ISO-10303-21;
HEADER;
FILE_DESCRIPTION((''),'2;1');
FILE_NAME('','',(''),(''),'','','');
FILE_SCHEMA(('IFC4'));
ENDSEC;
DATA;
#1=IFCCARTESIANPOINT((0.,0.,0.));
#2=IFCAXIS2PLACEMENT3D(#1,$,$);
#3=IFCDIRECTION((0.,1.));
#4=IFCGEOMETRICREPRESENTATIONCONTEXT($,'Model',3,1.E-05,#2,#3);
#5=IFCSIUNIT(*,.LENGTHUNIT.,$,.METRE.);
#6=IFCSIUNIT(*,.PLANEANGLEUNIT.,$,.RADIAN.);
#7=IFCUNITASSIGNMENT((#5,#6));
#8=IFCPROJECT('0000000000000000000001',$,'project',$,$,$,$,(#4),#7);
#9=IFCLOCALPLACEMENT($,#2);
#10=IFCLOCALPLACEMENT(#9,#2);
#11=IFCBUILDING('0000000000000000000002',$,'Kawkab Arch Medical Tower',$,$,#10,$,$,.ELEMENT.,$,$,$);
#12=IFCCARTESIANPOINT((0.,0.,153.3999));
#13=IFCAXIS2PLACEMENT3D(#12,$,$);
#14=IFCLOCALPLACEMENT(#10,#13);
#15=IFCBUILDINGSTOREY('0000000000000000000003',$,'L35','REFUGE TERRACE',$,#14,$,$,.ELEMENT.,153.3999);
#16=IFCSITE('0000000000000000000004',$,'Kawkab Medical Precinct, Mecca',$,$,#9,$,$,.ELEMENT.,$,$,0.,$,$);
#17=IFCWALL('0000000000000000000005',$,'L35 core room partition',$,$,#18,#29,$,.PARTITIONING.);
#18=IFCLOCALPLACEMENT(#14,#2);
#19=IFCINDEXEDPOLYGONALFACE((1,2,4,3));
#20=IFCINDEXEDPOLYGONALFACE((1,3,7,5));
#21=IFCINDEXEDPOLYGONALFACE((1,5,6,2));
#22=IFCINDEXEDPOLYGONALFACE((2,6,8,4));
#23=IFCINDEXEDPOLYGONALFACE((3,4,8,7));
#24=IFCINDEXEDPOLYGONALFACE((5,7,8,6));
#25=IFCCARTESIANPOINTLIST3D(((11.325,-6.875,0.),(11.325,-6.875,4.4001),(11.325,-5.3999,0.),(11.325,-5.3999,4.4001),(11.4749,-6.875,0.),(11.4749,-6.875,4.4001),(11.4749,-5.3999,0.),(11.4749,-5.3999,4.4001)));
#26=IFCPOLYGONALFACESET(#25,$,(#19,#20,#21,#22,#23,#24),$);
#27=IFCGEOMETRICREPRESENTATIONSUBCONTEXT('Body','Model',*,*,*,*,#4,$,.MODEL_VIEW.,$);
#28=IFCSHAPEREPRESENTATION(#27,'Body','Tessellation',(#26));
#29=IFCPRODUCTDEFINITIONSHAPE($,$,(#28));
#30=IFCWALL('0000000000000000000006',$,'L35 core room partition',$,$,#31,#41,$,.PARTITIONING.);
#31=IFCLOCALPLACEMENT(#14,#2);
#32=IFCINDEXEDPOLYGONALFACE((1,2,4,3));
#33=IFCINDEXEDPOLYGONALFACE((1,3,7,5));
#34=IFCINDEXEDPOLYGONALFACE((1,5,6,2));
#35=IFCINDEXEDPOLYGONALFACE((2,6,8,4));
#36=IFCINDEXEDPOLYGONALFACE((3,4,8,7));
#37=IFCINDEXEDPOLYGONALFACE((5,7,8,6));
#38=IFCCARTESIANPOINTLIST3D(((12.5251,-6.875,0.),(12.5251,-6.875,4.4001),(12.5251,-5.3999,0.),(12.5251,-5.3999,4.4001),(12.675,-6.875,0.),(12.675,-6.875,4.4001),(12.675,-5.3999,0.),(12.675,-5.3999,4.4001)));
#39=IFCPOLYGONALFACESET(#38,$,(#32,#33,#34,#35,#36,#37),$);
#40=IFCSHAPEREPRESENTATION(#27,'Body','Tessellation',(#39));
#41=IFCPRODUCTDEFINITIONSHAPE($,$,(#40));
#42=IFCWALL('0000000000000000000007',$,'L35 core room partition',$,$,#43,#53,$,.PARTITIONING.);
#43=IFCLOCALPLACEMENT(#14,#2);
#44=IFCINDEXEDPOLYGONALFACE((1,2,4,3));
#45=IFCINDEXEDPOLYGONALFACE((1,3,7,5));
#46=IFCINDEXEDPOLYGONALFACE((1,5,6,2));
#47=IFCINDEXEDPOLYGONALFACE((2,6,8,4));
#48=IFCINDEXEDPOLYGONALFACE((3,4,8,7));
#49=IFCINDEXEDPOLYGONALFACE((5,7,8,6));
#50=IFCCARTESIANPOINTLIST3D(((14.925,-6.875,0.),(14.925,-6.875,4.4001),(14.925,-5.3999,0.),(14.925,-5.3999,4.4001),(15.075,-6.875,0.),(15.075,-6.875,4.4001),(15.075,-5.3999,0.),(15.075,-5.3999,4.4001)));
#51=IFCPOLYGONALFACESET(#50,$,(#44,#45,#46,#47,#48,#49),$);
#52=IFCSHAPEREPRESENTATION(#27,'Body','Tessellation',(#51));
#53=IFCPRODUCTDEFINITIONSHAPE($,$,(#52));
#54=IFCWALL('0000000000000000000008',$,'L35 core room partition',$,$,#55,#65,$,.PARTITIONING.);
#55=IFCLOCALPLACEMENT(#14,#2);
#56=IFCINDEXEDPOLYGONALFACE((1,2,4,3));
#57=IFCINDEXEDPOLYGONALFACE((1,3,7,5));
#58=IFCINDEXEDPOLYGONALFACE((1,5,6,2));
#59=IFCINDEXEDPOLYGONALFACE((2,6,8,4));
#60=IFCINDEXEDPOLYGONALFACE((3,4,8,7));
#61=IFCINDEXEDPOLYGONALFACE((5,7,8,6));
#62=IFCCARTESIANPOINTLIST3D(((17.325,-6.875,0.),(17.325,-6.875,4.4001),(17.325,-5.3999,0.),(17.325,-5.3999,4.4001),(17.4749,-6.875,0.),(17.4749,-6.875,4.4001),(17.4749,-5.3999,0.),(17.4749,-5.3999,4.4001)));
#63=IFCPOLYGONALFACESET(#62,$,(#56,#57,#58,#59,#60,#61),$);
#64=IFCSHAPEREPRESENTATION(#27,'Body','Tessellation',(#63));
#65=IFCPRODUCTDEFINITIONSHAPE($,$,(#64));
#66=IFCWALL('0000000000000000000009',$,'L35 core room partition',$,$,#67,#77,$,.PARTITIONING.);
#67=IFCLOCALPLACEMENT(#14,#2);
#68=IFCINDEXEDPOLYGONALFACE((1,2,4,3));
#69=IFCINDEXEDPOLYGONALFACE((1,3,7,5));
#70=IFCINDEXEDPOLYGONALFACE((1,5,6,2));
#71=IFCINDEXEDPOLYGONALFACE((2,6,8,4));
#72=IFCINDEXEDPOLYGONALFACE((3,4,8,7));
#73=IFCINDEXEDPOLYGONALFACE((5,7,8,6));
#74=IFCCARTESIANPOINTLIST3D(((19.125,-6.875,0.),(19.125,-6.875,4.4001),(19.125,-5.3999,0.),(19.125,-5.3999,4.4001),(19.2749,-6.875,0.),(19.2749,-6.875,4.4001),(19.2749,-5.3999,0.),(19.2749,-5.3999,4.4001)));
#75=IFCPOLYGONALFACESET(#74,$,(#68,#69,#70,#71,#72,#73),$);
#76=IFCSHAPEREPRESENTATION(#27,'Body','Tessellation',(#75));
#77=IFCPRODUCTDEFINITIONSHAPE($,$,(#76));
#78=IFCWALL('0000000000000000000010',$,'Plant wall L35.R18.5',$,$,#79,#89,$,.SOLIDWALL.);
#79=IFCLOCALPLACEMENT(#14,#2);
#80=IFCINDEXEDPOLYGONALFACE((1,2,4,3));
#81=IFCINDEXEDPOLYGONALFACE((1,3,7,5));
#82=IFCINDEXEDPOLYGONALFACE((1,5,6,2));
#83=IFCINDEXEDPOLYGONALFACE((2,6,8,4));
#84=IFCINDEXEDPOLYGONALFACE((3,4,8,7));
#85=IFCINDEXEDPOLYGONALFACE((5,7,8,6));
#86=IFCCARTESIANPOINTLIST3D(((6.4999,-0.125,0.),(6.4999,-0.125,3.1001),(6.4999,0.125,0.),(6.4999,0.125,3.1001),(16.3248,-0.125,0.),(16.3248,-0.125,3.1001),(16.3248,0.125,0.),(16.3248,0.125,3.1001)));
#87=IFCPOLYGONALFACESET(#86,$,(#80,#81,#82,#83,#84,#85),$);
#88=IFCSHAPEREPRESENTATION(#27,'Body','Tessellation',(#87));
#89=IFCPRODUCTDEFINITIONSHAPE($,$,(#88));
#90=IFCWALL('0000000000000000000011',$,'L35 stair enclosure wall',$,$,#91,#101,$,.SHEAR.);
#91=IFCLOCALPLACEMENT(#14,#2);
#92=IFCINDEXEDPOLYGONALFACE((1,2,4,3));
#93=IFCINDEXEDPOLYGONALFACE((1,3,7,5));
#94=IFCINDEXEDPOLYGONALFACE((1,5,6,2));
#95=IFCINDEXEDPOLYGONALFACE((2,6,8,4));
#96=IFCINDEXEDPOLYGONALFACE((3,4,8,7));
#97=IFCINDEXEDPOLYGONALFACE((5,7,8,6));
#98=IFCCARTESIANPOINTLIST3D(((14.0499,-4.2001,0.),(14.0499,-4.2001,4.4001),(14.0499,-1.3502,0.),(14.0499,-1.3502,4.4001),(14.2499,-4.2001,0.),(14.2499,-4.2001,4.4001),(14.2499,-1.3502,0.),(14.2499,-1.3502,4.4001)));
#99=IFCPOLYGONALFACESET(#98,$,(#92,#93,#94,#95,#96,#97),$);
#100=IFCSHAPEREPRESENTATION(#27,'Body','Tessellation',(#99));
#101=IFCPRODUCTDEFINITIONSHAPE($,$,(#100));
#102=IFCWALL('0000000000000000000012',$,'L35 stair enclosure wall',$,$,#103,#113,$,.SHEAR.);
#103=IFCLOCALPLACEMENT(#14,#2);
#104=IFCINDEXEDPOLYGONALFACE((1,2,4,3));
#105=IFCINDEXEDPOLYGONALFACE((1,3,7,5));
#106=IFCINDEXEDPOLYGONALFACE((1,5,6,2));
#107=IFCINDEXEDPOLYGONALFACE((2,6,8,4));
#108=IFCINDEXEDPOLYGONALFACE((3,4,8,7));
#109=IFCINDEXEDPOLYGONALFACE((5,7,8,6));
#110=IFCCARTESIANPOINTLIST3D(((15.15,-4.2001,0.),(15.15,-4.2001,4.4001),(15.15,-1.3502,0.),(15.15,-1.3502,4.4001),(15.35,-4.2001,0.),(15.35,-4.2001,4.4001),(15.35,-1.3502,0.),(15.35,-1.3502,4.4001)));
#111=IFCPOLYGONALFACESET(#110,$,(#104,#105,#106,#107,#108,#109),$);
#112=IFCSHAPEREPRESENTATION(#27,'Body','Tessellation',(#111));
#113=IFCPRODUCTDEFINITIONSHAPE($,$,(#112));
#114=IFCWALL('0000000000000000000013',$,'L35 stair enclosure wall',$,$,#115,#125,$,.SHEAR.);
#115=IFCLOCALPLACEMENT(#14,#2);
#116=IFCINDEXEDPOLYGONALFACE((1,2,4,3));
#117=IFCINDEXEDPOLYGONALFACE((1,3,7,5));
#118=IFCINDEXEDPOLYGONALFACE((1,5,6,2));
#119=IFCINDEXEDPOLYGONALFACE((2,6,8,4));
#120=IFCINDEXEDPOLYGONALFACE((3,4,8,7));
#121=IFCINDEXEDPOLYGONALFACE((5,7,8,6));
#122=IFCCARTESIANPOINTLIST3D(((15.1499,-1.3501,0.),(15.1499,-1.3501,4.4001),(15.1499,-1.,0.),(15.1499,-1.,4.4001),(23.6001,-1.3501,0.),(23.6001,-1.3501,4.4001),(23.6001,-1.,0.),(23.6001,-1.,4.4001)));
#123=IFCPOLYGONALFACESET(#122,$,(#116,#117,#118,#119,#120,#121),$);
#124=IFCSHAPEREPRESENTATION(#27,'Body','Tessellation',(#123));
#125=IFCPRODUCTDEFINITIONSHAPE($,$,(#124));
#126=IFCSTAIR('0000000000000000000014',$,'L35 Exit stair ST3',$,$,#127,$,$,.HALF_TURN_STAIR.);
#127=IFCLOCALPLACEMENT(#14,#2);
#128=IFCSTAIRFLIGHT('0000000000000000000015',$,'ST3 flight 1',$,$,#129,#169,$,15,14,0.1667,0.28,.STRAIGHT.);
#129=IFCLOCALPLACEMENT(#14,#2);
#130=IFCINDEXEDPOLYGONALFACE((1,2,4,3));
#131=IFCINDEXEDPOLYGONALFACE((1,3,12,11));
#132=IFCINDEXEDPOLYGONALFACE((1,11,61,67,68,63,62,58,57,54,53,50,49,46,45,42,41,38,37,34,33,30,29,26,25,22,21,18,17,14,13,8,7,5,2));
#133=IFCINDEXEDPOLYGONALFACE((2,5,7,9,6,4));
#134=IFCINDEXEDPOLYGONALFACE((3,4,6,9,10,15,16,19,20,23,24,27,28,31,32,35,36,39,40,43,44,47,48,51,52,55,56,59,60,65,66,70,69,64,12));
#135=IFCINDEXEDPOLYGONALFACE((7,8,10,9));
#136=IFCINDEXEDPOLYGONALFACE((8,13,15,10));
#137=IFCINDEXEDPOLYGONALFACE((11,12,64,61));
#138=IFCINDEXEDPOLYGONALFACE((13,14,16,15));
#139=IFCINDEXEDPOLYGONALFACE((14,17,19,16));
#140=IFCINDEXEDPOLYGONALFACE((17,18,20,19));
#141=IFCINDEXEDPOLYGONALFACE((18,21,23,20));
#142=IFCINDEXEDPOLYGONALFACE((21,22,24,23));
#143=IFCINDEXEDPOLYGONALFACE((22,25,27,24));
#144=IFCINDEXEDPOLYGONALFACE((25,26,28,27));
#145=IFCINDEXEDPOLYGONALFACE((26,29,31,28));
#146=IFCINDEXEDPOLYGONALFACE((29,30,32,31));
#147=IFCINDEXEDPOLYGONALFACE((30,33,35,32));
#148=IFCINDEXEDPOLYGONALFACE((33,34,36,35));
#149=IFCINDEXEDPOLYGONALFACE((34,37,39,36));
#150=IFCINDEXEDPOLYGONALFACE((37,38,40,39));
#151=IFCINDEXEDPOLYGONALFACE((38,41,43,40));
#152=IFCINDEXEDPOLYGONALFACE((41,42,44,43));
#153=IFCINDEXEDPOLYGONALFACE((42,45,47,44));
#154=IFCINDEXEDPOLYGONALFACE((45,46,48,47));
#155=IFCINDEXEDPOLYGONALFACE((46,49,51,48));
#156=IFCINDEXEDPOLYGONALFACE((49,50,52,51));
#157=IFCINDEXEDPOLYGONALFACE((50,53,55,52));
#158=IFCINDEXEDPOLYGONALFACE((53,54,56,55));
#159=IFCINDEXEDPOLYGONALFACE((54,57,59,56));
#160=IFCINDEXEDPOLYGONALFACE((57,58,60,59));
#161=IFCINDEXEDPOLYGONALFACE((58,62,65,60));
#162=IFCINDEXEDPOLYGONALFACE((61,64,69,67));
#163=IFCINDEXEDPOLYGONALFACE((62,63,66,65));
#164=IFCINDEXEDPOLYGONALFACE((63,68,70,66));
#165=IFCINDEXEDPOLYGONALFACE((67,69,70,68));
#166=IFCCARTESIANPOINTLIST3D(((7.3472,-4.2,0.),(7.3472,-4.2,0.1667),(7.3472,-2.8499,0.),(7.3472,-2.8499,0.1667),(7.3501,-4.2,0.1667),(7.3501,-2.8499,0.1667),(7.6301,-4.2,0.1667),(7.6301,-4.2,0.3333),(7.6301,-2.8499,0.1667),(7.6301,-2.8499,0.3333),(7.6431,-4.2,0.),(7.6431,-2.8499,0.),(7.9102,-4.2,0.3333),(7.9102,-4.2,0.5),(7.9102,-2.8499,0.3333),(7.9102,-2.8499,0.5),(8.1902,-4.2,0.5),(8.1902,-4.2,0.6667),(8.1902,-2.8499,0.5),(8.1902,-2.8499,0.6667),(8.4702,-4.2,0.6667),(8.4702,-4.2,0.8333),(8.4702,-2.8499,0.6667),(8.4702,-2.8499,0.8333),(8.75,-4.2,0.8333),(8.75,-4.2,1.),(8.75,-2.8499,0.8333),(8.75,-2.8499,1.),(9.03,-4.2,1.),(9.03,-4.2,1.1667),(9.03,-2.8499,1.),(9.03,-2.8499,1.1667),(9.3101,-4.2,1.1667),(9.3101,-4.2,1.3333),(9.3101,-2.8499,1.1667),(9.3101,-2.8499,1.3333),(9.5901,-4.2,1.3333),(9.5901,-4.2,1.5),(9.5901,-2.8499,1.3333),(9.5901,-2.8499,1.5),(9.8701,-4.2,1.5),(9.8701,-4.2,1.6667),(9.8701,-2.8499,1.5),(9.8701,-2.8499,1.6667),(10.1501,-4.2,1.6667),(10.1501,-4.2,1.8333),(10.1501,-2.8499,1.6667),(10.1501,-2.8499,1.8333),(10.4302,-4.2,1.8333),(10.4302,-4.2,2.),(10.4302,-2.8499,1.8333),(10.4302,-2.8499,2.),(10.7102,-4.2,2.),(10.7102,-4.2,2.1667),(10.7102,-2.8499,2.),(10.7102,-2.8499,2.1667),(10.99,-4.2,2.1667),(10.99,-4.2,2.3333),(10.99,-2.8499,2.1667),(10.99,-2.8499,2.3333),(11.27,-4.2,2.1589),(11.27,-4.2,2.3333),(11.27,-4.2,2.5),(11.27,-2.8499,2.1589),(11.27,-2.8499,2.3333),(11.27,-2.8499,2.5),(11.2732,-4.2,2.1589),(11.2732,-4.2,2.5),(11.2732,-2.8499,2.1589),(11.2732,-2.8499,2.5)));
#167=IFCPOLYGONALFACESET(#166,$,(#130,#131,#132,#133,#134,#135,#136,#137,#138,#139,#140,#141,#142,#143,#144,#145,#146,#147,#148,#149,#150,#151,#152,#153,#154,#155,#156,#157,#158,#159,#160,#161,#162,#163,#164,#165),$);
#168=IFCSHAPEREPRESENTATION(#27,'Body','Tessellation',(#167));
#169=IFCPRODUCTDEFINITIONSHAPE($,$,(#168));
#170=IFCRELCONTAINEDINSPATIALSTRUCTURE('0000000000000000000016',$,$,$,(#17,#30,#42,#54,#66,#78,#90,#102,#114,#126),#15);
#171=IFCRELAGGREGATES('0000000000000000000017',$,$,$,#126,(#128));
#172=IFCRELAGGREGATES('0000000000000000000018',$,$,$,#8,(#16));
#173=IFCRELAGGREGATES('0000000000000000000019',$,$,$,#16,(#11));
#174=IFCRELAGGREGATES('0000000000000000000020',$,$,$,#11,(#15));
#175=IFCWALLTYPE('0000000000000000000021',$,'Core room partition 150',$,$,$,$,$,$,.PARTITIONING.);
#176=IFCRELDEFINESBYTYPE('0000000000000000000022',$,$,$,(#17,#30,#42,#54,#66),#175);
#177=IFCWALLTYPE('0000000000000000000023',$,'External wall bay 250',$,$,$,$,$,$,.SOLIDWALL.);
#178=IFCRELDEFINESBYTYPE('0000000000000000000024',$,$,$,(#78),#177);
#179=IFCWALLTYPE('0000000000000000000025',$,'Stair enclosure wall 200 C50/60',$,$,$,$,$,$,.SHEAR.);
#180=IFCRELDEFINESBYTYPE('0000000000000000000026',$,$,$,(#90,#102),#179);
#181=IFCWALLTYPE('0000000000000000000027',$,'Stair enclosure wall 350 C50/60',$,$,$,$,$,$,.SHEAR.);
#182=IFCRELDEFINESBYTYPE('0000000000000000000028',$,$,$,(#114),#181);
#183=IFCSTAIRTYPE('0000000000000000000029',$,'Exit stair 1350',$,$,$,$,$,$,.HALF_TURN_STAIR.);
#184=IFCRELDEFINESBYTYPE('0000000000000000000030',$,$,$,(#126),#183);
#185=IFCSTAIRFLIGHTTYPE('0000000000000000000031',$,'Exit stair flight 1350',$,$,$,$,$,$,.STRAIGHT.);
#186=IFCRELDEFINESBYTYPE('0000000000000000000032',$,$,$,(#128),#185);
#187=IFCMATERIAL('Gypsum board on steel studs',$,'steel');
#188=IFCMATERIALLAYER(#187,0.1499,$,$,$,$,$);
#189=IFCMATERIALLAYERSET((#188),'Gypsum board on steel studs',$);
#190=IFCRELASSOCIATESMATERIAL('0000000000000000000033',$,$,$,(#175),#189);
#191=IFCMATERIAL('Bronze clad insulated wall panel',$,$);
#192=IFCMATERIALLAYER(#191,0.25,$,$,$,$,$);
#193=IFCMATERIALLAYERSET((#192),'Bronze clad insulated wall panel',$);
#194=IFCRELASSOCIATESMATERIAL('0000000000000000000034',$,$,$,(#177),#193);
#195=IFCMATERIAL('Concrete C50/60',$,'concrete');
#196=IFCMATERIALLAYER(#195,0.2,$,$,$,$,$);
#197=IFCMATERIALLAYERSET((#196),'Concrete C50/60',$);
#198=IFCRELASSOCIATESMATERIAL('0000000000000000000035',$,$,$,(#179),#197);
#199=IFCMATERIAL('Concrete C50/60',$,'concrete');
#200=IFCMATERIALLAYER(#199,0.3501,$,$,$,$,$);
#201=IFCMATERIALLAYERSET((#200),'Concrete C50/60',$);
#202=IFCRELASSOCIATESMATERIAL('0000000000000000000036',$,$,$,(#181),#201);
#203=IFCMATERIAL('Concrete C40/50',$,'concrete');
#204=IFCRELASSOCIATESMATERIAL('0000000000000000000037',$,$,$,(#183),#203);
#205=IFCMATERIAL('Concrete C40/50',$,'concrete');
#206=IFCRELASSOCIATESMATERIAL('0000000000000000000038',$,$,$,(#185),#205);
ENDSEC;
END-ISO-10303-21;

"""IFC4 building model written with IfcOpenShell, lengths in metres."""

from ifc_helpers import new_model, si_unit, direction, frame, frame_2d, origin, place, context, subcontext, project, spatial, polyline, rectangle, outline, extrude, material, layer, layer_set, type_object, element, aggregate, save


model = new_model("IFC4")

# Units and contexts
model_context = context("Model", 3, precision=1e-05, world=origin(), true_north=direction((0.0, 1.0)))
body_context = subcontext(model_context, "Body", "Model", "MODEL_VIEW")
ifc_project = project(units=[si_unit("LENGTHUNIT", "METRE"), si_unit("PLANEANGLEUNIT", "RADIAN")], contexts=[model_context])

# Site, building, storey
site_placement = place(None, origin())
site = spatial("IfcSite", under=ifc_project, at=site_placement, Name="Kawkab Medical Precinct, Mecca", CompositionType="ELEMENT", RefElevation=0.0)
building_placement = place(site_placement, origin())
building = spatial("IfcBuilding", under=site, at=building_placement, Name="Kawkab Arch Medical Tower", CompositionType="ELEMENT")
storey_placement = place(building_placement, frame((0.0, 0.0, 153.3999)))
storey = spatial("IfcBuildingStorey", under=building, at=storey_placement, Name="L35", Description="REFUGE TERRACE", CompositionType="ELEMENT", Elevation=153.3999)

# Shared definitions
ifc_material_1 = material(Name="Gypsum board on steel studs", Category="steel")
ifc_layer_1 = layer(ifc_material_1, 0.1499)
ifc_layer_set_1 = layer_set([ifc_layer_1], Name="Gypsum board on steel studs")
wall_type_1 = type_object("IfcWallType", Name="Core room partition 150", PredefinedType="PARTITIONING", material=ifc_layer_set_1)

# Walls
for number, where, z_axis, x_axis, name in (
    (1, (11.3999, -6.875, 0.0), (0.0, 0.0, 1.0), (0.0, 1.0, 0.0), "L35 core room partition"),
    (2, (12.6001, -6.875, 0.0), (0.0, 0.0, 1.0), (0.0, 1.0, 0.0), "L35 core room partition"),
    (3, (15.0, -6.875, 0.0), (0.0, 0.0, 1.0), (0.0, 1.0, 0.0), "L35 core room partition"),
    (4, (17.3999, -6.875, 0.0), (0.0, 0.0, 1.0), (0.0, 1.0, 0.0), "L35 core room partition"),
    (5, (19.2, -6.875, 0.0), (0.0, 0.0, 1.0), (0.0, 1.0, 0.0), "L35 core room partition"),
):
    element("IfcWall", number, at=place(storey_placement, frame(where, z_axis=z_axis, x_axis=x_axis)), inside=storey, type_object=wall_type_1, Name=name, PredefinedType="PARTITIONING", context=body_context, shape_type="SweptSolid", body=[
        extrude(rectangle(XDim=1.4751, YDim=0.1499, at=frame_2d((0.7375, 0.0))), origin(), (0.0, 0.0, 1.0), 4.4001),
    ])
ifc_material_2 = material(Name="Bronze clad insulated wall panel")
ifc_layer_2 = layer(ifc_material_2, 0.25)
ifc_layer_set_2 = layer_set([ifc_layer_2], Name="Bronze clad insulated wall panel")
wall_type_2 = type_object("IfcWallType", Name="External wall bay 250", PredefinedType="SOLIDWALL", material=ifc_layer_set_2)
wall_1_placement = place(storey_placement, frame((16.325, 0.0, 0.0), z_axis=(0.0, 0.0, 1.0), x_axis=(-1.0, 0.0, 0.0)))
element("IfcWall", 6, at=wall_1_placement, inside=storey, type_object=wall_type_2, Name="Plant wall L35.R18.5", PredefinedType="SOLIDWALL", context=body_context, shape_type="SweptSolid", body=[
    extrude(rectangle(XDim=9.825, YDim=0.25, at=frame_2d((4.9126, 0.0))), origin(), (0.0, 0.0, 1.0), 3.1001),
])
ifc_material_3 = material(Name="Concrete C50/60", Category="concrete")
ifc_layer_3 = layer(ifc_material_3, 0.2)
ifc_layer_set_3 = layer_set([ifc_layer_3], Name="Concrete C50/60")
wall_type_3 = type_object("IfcWallType", Name="Stair enclosure wall 200 C50/60", PredefinedType="SHEAR", material=ifc_layer_set_3)
for number, where, z_axis, x_axis, name in (
    (7, (14.1499, -4.2, 0.0), (0.0, 0.0, 1.0), (0.0, 1.0, 0.0), "L35 stair enclosure wall"),
    (8, (15.25, -4.2, 0.0), (0.0, 0.0, 1.0), (0.0, 1.0, 0.0), "L35 stair enclosure wall"),
):
    element("IfcWall", number, at=place(storey_placement, frame(where, z_axis=z_axis, x_axis=x_axis)), inside=storey, type_object=wall_type_3, Name=name, PredefinedType="SHEAR", context=body_context, shape_type="SweptSolid", body=[
        extrude(rectangle(XDim=2.8499, YDim=0.2, at=frame_2d((1.4248, 0.0))), origin(), (0.0, 0.0, 1.0), 4.4001),
    ])
ifc_material_4 = material(Name="Concrete C50/60", Category="concrete")
ifc_layer_4 = layer(ifc_material_4, 0.3501)
ifc_layer_set_4 = layer_set([ifc_layer_4], Name="Concrete C50/60")
wall_type_4 = type_object("IfcWallType", Name="Stair enclosure wall 350 C50/60", PredefinedType="SHEAR", material=ifc_layer_set_4)
wall_2_placement = place(storey_placement, frame((15.1499, -1.175, 0.0), z_axis=(0.0, 0.0, 1.0), x_axis=(1.0, 0.0, 0.0)))
element("IfcWall", 9, at=wall_2_placement, inside=storey, type_object=wall_type_4, Name="L35 stair enclosure wall", PredefinedType="SHEAR", context=body_context, shape_type="SweptSolid", body=[
    extrude(rectangle(XDim=8.4502, YDim=0.3501, at=frame_2d((4.2251, 0.0))), origin(), (0.0, 0.0, 1.0), 4.4001),
])

# Stair, stair flight
ifc_material_5 = material(Name="Concrete C40/50", Category="concrete")
stair_type = type_object("IfcStairType", Name="Exit stair 1350", PredefinedType="HALF_TURN_STAIR", material=ifc_material_5)
placement = place(storey_placement, origin())
stair_1 = element("IfcStair", 10, at=placement, inside=storey, type_object=stair_type, Name="L35 Exit stair ST3", PredefinedType="HALF_TURN_STAIR")
ifc_material_6 = material(Name="Concrete C40/50", Category="concrete")
stair_flight_type = type_object("IfcStairFlightType", Name="Exit stair flight 1350", PredefinedType="STRAIGHT", material=ifc_material_6)
stair_flight_1_placement = place(storey_placement, frame((7.3501, -3.5249, 0.0), z_axis=(0.0, 0.0, 1.0), x_axis=(1.0, 0.0, 0.0)))
stair_flight_1 = element("IfcStairFlight", 11, at=stair_flight_1_placement, type_object=stair_flight_type, Name="ST3 flight 1", NumberOfRisers=15, NumberOfTreads=14, PredefinedType="STRAIGHT", RiserHeight=0.1667, TreadLength=0.28, context=body_context, shape_type="SweptSolid", body=[
    extrude(outline(polyline([(-0.0029, 0.0), (-0.0029, 0.1667), (0.0, 0.1667), (0.28, 0.1667), (0.28, 0.3333), (0.5601, 0.3333), (0.5601, 0.5), (0.8401, 0.5), (0.8401, 0.6667), (1.1201, 0.6667), (1.1201, 0.8333), (1.3999, 0.8333), (1.3999, 1.0), (1.6799, 1.0), (1.6799, 1.1667), (1.96, 1.1667), (1.96, 1.3333), (2.24, 1.3333), (2.24, 1.5), (2.52, 1.5), (2.52, 1.6667), (2.8, 1.6667), (2.8, 1.8333), (3.0801, 1.8333), (3.0801, 2.0), (3.3601, 2.0), (3.3601, 2.1667), (3.6399, 2.1667), (3.6399, 2.3333), (3.9199, 2.3333), (3.9199, 2.5), (3.9231, 2.5), (3.9231, 2.1589), (3.9199, 2.1589), (0.293, 0.0), (-0.0029, 0.0)])), frame((0.0, 0.675, 0.0), z_axis=(0.0, -1.0, 0.0), x_axis=(1.0, 0.0, 0.0)), (0.0, 0.0, 1.0), 1.3501),
])
aggregate(stair_1, [stair_flight_1])

save(model, "model.ifc")
